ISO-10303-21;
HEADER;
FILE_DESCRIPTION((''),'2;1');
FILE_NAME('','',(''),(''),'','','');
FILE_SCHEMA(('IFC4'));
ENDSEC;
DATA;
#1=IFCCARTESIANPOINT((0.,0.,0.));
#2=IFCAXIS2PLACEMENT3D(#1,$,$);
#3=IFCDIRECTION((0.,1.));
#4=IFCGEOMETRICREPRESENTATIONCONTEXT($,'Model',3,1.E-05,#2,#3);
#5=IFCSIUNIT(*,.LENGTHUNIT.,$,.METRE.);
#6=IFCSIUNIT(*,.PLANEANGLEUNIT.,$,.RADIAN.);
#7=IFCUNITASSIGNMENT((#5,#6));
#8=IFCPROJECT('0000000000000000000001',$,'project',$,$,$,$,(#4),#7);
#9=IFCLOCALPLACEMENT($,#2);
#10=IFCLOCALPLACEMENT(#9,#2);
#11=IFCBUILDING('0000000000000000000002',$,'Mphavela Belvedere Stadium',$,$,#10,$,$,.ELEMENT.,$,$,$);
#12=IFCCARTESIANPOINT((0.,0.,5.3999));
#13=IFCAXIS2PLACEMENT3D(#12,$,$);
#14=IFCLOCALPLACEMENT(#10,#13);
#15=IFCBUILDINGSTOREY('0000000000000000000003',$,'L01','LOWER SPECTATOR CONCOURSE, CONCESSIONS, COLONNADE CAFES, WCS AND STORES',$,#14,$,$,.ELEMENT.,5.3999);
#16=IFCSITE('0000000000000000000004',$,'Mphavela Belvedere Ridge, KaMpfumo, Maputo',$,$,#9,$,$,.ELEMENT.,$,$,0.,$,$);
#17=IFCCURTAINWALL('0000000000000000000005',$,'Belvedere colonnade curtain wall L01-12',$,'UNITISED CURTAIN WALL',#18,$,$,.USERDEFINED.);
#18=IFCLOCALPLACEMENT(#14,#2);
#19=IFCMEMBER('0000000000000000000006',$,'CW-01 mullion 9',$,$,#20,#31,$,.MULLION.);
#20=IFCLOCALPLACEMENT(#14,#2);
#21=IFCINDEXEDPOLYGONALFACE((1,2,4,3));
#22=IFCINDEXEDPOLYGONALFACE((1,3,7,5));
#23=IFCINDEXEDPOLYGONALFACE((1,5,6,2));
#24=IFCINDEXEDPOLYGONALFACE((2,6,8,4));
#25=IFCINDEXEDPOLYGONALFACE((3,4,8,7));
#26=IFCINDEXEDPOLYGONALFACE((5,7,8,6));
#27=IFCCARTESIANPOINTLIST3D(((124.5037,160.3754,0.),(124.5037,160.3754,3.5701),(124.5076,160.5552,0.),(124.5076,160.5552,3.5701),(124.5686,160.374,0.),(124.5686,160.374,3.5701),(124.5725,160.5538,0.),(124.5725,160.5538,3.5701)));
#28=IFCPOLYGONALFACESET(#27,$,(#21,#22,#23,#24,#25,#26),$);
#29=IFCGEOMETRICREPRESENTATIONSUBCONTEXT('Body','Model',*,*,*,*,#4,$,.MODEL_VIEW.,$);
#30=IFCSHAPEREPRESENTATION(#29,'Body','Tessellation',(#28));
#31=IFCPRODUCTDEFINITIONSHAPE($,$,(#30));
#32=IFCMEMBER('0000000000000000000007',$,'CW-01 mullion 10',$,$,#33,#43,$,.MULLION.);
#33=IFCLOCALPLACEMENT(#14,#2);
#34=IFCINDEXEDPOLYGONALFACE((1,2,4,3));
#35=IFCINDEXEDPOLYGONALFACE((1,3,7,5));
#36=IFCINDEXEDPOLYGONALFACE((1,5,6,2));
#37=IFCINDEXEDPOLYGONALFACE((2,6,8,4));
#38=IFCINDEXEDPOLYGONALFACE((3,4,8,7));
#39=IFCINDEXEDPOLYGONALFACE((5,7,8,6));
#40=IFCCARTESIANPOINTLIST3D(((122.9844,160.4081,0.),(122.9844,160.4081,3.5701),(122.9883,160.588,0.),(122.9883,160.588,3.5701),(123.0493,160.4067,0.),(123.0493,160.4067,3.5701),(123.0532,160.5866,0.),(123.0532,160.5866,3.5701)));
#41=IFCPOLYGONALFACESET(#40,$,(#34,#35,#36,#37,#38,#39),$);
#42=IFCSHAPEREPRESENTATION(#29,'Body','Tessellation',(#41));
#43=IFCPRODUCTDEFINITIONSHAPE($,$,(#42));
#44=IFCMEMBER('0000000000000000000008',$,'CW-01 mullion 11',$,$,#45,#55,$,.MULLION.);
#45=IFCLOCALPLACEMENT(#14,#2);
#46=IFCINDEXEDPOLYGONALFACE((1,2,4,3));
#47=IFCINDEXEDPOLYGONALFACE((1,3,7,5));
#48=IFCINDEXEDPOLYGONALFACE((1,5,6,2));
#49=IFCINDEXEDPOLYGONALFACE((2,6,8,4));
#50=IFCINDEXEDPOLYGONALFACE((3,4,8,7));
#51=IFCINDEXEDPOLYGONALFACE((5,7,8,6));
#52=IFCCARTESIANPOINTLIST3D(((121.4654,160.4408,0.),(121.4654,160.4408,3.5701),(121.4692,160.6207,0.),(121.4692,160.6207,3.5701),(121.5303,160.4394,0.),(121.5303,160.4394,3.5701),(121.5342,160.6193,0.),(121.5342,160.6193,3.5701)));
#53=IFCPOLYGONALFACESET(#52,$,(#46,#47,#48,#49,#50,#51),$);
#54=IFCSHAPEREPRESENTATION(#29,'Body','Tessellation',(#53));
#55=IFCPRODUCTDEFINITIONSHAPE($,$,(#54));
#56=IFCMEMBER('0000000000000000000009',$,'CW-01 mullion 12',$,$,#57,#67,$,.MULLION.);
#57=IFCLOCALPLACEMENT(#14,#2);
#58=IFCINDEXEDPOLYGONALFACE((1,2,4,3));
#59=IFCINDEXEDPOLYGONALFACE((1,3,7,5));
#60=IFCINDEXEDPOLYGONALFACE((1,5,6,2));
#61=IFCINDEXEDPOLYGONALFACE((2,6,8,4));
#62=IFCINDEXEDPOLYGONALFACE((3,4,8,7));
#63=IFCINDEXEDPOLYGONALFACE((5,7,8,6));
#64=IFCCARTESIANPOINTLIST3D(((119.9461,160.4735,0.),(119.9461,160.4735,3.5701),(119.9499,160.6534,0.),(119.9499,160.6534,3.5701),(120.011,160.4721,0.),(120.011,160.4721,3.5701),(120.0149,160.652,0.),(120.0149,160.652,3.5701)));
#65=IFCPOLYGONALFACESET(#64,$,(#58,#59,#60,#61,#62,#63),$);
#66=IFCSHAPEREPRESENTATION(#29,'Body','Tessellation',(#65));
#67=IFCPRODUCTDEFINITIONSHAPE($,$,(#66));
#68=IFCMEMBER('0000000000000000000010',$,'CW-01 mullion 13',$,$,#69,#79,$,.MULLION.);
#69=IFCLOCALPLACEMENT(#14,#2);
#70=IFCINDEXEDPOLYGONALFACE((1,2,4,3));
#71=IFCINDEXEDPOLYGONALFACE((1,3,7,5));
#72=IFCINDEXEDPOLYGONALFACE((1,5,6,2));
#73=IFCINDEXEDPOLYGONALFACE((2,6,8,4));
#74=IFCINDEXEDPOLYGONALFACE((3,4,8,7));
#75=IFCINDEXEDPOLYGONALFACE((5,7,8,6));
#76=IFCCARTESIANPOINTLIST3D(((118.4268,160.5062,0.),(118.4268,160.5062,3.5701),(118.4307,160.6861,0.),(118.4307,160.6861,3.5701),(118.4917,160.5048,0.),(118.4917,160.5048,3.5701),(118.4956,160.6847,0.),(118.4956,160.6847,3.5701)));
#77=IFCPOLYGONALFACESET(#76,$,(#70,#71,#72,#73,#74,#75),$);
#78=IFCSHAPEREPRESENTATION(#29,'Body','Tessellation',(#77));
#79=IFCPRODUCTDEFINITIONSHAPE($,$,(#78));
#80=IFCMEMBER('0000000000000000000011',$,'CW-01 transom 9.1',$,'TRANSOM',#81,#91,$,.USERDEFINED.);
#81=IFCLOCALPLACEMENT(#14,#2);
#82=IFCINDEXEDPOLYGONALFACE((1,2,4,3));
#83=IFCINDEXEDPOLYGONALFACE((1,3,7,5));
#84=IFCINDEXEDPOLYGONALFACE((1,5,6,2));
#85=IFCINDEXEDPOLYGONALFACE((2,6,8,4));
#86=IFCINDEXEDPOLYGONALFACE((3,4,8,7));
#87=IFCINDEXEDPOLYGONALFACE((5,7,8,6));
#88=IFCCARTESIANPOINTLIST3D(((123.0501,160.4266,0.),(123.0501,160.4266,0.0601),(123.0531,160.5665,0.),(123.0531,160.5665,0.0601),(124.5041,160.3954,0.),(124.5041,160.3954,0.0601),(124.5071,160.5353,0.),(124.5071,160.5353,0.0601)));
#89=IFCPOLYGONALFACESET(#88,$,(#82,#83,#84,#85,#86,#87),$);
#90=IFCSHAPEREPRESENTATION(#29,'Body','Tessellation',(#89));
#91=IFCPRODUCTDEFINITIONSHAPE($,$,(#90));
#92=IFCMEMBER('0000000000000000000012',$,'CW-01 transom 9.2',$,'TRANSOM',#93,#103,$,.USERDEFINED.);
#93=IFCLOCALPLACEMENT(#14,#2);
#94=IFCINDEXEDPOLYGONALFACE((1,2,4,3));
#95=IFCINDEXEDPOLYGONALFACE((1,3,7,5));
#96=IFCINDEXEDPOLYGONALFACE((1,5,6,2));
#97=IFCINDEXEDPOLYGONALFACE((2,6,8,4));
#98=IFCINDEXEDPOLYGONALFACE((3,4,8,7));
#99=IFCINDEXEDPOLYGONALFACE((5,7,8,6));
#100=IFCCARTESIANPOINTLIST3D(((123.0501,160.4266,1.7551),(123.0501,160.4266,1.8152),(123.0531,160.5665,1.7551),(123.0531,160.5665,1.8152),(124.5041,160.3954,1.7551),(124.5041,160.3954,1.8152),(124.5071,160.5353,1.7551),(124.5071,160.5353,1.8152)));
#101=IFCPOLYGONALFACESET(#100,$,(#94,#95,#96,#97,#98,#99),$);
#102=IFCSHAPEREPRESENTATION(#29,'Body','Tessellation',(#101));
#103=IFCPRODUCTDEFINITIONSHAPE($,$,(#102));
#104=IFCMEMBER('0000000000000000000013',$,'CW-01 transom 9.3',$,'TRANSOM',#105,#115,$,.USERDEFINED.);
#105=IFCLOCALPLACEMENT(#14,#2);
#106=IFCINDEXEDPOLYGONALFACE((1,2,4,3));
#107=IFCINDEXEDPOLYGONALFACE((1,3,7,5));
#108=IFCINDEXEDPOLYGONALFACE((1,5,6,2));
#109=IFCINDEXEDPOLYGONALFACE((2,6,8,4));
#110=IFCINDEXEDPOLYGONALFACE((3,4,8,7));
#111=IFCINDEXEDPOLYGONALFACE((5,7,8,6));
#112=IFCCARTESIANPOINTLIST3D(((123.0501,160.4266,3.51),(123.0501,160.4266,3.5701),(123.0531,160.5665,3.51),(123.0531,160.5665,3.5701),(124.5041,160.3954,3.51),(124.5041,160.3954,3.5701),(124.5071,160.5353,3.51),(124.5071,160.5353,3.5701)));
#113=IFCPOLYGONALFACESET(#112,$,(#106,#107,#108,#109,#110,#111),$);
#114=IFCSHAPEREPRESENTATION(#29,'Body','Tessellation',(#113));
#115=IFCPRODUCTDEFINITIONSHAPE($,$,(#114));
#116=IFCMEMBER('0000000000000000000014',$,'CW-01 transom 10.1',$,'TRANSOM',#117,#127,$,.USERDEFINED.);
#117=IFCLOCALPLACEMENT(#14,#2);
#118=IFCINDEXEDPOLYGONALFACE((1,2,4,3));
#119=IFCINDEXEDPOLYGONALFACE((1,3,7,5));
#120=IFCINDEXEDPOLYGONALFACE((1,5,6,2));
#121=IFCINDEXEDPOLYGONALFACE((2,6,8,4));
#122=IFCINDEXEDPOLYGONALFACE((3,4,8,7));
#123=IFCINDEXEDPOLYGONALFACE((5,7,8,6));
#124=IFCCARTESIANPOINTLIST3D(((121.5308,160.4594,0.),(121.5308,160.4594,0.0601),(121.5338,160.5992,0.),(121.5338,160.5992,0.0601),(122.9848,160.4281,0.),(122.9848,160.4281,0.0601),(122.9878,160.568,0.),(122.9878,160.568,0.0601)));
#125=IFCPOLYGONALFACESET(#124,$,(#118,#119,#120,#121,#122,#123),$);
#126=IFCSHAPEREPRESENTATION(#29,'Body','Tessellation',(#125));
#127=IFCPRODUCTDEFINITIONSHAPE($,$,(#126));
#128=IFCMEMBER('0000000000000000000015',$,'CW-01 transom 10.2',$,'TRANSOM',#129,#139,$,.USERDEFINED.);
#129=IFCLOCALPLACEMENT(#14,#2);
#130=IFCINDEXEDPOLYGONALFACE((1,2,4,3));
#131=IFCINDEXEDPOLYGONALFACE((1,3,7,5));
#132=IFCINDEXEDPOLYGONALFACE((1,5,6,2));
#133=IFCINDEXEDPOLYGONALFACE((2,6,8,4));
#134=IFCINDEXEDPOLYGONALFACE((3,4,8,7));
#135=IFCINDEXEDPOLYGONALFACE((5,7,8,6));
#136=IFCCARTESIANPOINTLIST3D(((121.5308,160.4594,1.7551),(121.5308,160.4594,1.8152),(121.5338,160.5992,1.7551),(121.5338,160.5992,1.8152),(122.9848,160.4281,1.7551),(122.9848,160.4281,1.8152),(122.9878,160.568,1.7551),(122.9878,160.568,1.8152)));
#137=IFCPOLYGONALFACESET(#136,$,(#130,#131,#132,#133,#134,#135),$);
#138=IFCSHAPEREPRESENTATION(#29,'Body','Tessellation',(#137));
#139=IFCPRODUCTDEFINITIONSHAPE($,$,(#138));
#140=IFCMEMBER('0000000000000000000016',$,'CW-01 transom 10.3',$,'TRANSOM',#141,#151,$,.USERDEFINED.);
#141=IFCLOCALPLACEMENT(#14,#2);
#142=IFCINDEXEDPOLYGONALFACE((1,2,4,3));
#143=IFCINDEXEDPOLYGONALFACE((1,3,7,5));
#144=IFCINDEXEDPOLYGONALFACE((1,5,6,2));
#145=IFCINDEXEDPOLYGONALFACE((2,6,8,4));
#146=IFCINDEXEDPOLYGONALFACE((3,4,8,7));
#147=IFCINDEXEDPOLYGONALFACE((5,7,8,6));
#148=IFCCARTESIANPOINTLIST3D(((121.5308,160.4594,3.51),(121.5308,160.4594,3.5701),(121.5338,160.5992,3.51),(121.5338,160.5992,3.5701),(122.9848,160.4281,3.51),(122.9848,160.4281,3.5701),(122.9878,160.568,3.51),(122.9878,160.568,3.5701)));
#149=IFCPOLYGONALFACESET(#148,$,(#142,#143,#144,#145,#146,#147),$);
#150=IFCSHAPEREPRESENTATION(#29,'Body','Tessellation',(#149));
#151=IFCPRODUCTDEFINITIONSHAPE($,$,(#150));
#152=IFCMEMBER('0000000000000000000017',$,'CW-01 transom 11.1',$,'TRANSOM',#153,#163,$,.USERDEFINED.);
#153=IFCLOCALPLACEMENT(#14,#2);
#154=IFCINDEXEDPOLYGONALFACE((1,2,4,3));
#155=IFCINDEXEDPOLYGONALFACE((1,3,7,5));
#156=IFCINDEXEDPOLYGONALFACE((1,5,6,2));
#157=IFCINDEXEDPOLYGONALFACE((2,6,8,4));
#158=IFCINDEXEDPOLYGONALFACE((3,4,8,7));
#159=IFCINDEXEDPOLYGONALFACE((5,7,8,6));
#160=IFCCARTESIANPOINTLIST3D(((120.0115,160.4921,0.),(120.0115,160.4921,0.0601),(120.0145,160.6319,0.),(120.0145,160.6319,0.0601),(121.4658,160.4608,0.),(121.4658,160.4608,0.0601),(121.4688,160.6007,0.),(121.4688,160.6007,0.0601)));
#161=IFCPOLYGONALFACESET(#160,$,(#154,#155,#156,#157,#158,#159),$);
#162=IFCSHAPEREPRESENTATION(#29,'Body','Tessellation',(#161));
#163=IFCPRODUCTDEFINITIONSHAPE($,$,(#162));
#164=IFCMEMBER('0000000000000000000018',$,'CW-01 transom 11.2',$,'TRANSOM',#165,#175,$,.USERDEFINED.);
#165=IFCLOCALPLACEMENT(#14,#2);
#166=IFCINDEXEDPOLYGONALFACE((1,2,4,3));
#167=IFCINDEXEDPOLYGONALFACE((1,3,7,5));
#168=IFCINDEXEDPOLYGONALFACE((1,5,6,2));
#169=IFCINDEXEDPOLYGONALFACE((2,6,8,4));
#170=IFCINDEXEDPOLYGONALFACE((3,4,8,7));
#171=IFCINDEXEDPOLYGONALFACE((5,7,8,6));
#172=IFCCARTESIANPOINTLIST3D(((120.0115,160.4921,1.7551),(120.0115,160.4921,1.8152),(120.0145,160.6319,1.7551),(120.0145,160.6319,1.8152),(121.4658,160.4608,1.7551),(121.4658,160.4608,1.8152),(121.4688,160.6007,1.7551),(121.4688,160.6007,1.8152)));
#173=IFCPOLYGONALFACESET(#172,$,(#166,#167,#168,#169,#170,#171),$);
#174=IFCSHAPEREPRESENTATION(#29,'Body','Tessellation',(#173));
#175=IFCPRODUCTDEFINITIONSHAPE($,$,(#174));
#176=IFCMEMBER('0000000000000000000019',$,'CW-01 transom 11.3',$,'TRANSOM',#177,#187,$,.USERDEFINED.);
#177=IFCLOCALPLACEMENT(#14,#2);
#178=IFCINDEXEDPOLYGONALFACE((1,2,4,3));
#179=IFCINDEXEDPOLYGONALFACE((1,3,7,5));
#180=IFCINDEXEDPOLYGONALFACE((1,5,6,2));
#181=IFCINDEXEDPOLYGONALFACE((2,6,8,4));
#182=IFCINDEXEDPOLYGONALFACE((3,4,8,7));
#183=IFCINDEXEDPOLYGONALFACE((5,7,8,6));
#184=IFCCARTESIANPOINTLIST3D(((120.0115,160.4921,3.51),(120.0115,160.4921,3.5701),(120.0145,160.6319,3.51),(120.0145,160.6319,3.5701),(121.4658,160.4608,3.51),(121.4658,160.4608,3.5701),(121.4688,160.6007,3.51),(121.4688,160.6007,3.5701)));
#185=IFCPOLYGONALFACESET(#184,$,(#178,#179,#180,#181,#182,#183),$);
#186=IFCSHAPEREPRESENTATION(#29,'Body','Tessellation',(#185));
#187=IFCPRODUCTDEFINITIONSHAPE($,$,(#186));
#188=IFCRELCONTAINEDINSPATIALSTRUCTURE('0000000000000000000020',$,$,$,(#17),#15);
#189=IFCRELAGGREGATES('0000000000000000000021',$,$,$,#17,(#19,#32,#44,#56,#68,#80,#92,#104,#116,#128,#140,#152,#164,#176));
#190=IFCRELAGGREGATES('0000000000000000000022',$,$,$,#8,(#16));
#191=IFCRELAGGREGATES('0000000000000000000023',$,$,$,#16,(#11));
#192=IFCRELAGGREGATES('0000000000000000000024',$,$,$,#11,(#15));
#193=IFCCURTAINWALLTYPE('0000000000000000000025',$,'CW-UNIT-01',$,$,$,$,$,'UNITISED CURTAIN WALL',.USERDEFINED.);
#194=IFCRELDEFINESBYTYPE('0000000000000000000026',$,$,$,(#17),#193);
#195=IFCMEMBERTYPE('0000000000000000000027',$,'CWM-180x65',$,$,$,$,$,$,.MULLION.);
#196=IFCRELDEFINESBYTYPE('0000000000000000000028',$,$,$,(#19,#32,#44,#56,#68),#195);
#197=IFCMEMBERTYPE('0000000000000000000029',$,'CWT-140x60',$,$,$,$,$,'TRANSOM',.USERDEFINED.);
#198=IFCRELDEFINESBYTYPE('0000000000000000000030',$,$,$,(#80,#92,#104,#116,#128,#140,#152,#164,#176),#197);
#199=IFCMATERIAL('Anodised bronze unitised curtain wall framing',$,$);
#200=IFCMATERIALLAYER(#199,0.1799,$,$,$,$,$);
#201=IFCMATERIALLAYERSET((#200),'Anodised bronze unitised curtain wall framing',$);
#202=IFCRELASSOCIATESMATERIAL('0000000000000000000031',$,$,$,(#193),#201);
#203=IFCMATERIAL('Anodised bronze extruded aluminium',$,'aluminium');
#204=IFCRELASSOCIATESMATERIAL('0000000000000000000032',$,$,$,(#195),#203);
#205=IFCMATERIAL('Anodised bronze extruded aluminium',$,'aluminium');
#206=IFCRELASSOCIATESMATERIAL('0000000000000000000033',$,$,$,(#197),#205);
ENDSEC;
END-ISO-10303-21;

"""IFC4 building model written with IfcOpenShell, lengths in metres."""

from ifc_helpers import new_model, si_unit, direction, frame, origin, origin_2d, place, context, subcontext, project, spatial, rectangle, extrude, material, layer, layer_set, material_profile, profile_set, type_object, element, aggregate, save


model = new_model("IFC4")

# Units and contexts
model_context = context("Model", 3, precision=1e-05, world=origin(), true_north=direction((0.0, 1.0)))
body_context = subcontext(model_context, "Body", "Model", "MODEL_VIEW")
ifc_project = project(units=[si_unit("LENGTHUNIT", "METRE"), si_unit("PLANEANGLEUNIT", "RADIAN")], contexts=[model_context])

# Site, building, storey
site_placement = place(None, origin())
site = spatial("IfcSite", under=ifc_project, at=site_placement, Name="Mphavela Belvedere Ridge, KaMpfumo, Maputo", CompositionType="ELEMENT", RefElevation=0.0)
building_placement = place(site_placement, origin())
building = spatial("IfcBuilding", under=site, at=building_placement, Name="Mphavela Belvedere Stadium", CompositionType="ELEMENT")
storey_placement = place(building_placement, frame((0.0, 0.0, 5.3999)))
storey = spatial("IfcBuildingStorey", under=building, at=storey_placement, Name="L01", Description="LOWER SPECTATOR CONCOURSE, CONCESSIONS, COLONNADE CAFES, WCS AND STORES", CompositionType="ELEMENT", Elevation=5.3999)

# Curtain wall, members
ifc_material_1 = material(Name="Anodised bronze unitised curtain wall framing")
ifc_layer_1 = layer(ifc_material_1, 0.1799)
ifc_layer_set_1 = layer_set([ifc_layer_1], Name="Anodised bronze unitised curtain wall framing")
curtain_wall_type = type_object("IfcCurtainWallType", Name="CW-UNIT-01", ElementType="UNITISED CURTAIN WALL", PredefinedType="USERDEFINED", material=ifc_layer_set_1)
curtain_wall_placement = place(storey_placement, origin())
curtain_wall = element("IfcCurtainWall", 1, at=curtain_wall_placement, inside=storey, type_object=curtain_wall_type, Name="Belvedere colonnade curtain wall L01-12", ObjectType="UNITISED CURTAIN WALL", PredefinedType="USERDEFINED")
ifc_material_2 = material(Name="Anodised bronze extruded aluminium", Category="aluminium")
ifc_material_profile_1 = material_profile(ifc_material_2, rectangle(XDim=0.1799, YDim=0.0649, at=origin_2d()), Name="CW-MUL 180x65")
ifc_profile_set_1 = profile_set([ifc_material_profile_1], Name="Anodised bronze extruded aluminium")
member_type_1 = type_object("IfcMemberType", Name="CWM-180x65", PredefinedType="MULLION", material=ifc_profile_set_1)
member_1_placement = place(storey_placement, frame((124.5381, 160.4646, 0.0), z_axis=(0.0, 0.0, 1.0), x_axis=(-0.021529, -0.999768, 0.0)))
member_1 = element("IfcMember", 2, at=member_1_placement, type_object=member_type_1, Name="CW-01 mullion 9", PredefinedType="MULLION", context=body_context, shape_type="SweptSolid", body=[
    extrude(rectangle(XDim=0.1799, YDim=0.0649, at=origin_2d()), origin(), (0.0, 0.0, 1.0), 3.5701),
])
member_2_placement = place(storey_placement, frame((123.0188, 160.4973, 0.0), z_axis=(0.0, 0.0, 1.0), x_axis=(-0.021529, -0.999768, 0.0)))
member_2 = element("IfcMember", 3, at=member_2_placement, type_object=member_type_1, Name="CW-01 mullion 10", PredefinedType="MULLION", context=body_context, shape_type="SweptSolid", body=[
    extrude(rectangle(XDim=0.1799, YDim=0.0649, at=origin_2d()), origin(), (0.0, 0.0, 1.0), 3.5701),
])
member_3_placement = place(storey_placement, frame((121.4998, 160.53, 0.0), z_axis=(0.0, 0.0, 1.0), x_axis=(-0.021529, -0.999768, 0.0)))
member_3 = element("IfcMember", 4, at=member_3_placement, type_object=member_type_1, Name="CW-01 mullion 11", PredefinedType="MULLION", context=body_context, shape_type="SweptSolid", body=[
    extrude(rectangle(XDim=0.1799, YDim=0.0649, at=origin_2d()), origin(), (0.0, 0.0, 1.0), 3.5701),
])
member_4_placement = place(storey_placement, frame((119.9805, 160.5627, 0.0), z_axis=(0.0, 0.0, 1.0), x_axis=(-0.021529, -0.999768, 0.0)))
member_4 = element("IfcMember", 5, at=member_4_placement, type_object=member_type_1, Name="CW-01 mullion 12", PredefinedType="MULLION", context=body_context, shape_type="SweptSolid", body=[
    extrude(rectangle(XDim=0.1799, YDim=0.0649, at=origin_2d()), origin(), (0.0, 0.0, 1.0), 3.5701),
])
member_5_placement = place(storey_placement, frame((118.4612, 160.5955, 0.0), z_axis=(0.0, 0.0, 1.0), x_axis=(-0.021529, -0.999768, 0.0)))
member_5 = element("IfcMember", 6, at=member_5_placement, type_object=member_type_1, Name="CW-01 mullion 13", PredefinedType="MULLION", context=body_context, shape_type="SweptSolid", body=[
    extrude(rectangle(XDim=0.1799, YDim=0.0649, at=origin_2d()), origin(), (0.0, 0.0, 1.0), 3.5701),
])
ifc_material_3 = material(Name="Anodised bronze extruded aluminium", Category="aluminium")
ifc_material_profile_2 = material_profile(ifc_material_3, rectangle(XDim=0.1399, YDim=0.0601, at=origin_2d()), Name="CW-TRN 140x60")
ifc_profile_set_2 = profile_set([ifc_material_profile_2], Name="Anodised bronze extruded aluminium")
member_type_2 = type_object("IfcMemberType", Name="CWT-140x60", ElementType="TRANSOM", PredefinedType="USERDEFINED", material=ifc_profile_set_2)
member_6_placement = place(storey_placement, frame((124.5056, 160.4653, 0.03), z_axis=(-0.999769, 0.021486, 0.0), x_axis=(-0.021486, -0.999769, 0.0)))
member_6 = element("IfcMember", 7, at=member_6_placement, type_object=member_type_2, Name="CW-01 transom 9.1", ObjectType="TRANSOM", PredefinedType="USERDEFINED", context=body_context, shape_type="SweptSolid", body=[
    extrude(rectangle(XDim=0.1399, YDim=0.0601, at=origin_2d()), origin(), (0.0, 0.0, 1.0), 1.4543),
])
member_7_placement = place(storey_placement, frame((124.5056, 160.4653, 1.7852), z_axis=(-0.999769, 0.021486, 0.0), x_axis=(-0.021486, -0.999769, 0.0)))
member_7 = element("IfcMember", 8, at=member_7_placement, type_object=member_type_2, Name="CW-01 transom 9.2", ObjectType="TRANSOM", PredefinedType="USERDEFINED", context=body_context, shape_type="SweptSolid", body=[
    extrude(rectangle(XDim=0.1399, YDim=0.0601, at=origin_2d()), origin(), (0.0, 0.0, 1.0), 1.4543),
])
member_8_placement = place(storey_placement, frame((124.5056, 160.4653, 3.54), z_axis=(-0.999769, 0.021486, 0.0), x_axis=(-0.021486, -0.999769, 0.0)))
member_8 = element("IfcMember", 9, at=member_8_placement, type_object=member_type_2, Name="CW-01 transom 9.3", ObjectType="TRANSOM", PredefinedType="USERDEFINED", context=body_context, shape_type="SweptSolid", body=[
    extrude(rectangle(XDim=0.1399, YDim=0.0601, at=origin_2d()), origin(), (0.0, 0.0, 1.0), 1.4543),
])
member_9_placement = place(storey_placement, frame((122.9863, 160.498, 0.03), z_axis=(-0.999769, 0.021486, 0.0), x_axis=(-0.021486, -0.999769, 0.0)))
member_9 = element("IfcMember", 10, at=member_9_placement, type_object=member_type_2, Name="CW-01 transom 10.1", ObjectType="TRANSOM", PredefinedType="USERDEFINED", context=body_context, shape_type="SweptSolid", body=[
    extrude(rectangle(XDim=0.1399, YDim=0.0601, at=origin_2d()), origin(), (0.0, 0.0, 1.0), 1.4543),
])
member_10_placement = place(storey_placement, frame((122.9863, 160.498, 1.7852), z_axis=(-0.999769, 0.021486, 0.0), x_axis=(-0.021486, -0.999769, 0.0)))
member_10 = element("IfcMember", 11, at=member_10_placement, type_object=member_type_2, Name="CW-01 transom 10.2", ObjectType="TRANSOM", PredefinedType="USERDEFINED", context=body_context, shape_type="SweptSolid", body=[
    extrude(rectangle(XDim=0.1399, YDim=0.0601, at=origin_2d()), origin(), (0.0, 0.0, 1.0), 1.4543),
])
member_11_placement = place(storey_placement, frame((122.9863, 160.498, 3.54), z_axis=(-0.999769, 0.021486, 0.0), x_axis=(-0.021486, -0.999769, 0.0)))
member_11 = element("IfcMember", 12, at=member_11_placement, type_object=member_type_2, Name="CW-01 transom 10.3", ObjectType="TRANSOM", PredefinedType="USERDEFINED", context=body_context, shape_type="SweptSolid", body=[
    extrude(rectangle(XDim=0.1399, YDim=0.0601, at=origin_2d()), origin(), (0.0, 0.0, 1.0), 1.4543),
])
member_12_placement = place(storey_placement, frame((121.4673, 160.5308, 0.03), z_axis=(-0.999769, 0.021482, 0.0), x_axis=(-0.021482, -0.999769, 0.0)))
member_12 = element("IfcMember", 13, at=member_12_placement, type_object=member_type_2, Name="CW-01 transom 11.1", ObjectType="TRANSOM", PredefinedType="USERDEFINED", context=body_context, shape_type="SweptSolid", body=[
    extrude(rectangle(XDim=0.1399, YDim=0.0601, at=origin_2d()), origin(), (0.0, 0.0, 1.0), 1.4546),
])
member_13_placement = place(storey_placement, frame((121.4673, 160.5308, 1.7852), z_axis=(-0.999769, 0.021482, 0.0), x_axis=(-0.021482, -0.999769, 0.0)))
member_13 = element("IfcMember", 14, at=member_13_placement, type_object=member_type_2, Name="CW-01 transom 11.2", ObjectType="TRANSOM", PredefinedType="USERDEFINED", context=body_context, shape_type="SweptSolid", body=[
    extrude(rectangle(XDim=0.1399, YDim=0.0601, at=origin_2d()), origin(), (0.0, 0.0, 1.0), 1.4546),
])
member_14_placement = place(storey_placement, frame((121.4673, 160.5308, 3.54), z_axis=(-0.999769, 0.021482, 0.0), x_axis=(-0.021482, -0.999769, 0.0)))
member_14 = element("IfcMember", 15, at=member_14_placement, type_object=member_type_2, Name="CW-01 transom 11.3", ObjectType="TRANSOM", PredefinedType="USERDEFINED", context=body_context, shape_type="SweptSolid", body=[
    extrude(rectangle(XDim=0.1399, YDim=0.0601, at=origin_2d()), origin(), (0.0, 0.0, 1.0), 1.4546),
])
aggregate(curtain_wall, [member_1, member_2, member_3, member_4, member_5, member_6, member_7, member_8, member_9, member_10, member_11, member_12, member_13, member_14])

save(model, "model.ifc")
